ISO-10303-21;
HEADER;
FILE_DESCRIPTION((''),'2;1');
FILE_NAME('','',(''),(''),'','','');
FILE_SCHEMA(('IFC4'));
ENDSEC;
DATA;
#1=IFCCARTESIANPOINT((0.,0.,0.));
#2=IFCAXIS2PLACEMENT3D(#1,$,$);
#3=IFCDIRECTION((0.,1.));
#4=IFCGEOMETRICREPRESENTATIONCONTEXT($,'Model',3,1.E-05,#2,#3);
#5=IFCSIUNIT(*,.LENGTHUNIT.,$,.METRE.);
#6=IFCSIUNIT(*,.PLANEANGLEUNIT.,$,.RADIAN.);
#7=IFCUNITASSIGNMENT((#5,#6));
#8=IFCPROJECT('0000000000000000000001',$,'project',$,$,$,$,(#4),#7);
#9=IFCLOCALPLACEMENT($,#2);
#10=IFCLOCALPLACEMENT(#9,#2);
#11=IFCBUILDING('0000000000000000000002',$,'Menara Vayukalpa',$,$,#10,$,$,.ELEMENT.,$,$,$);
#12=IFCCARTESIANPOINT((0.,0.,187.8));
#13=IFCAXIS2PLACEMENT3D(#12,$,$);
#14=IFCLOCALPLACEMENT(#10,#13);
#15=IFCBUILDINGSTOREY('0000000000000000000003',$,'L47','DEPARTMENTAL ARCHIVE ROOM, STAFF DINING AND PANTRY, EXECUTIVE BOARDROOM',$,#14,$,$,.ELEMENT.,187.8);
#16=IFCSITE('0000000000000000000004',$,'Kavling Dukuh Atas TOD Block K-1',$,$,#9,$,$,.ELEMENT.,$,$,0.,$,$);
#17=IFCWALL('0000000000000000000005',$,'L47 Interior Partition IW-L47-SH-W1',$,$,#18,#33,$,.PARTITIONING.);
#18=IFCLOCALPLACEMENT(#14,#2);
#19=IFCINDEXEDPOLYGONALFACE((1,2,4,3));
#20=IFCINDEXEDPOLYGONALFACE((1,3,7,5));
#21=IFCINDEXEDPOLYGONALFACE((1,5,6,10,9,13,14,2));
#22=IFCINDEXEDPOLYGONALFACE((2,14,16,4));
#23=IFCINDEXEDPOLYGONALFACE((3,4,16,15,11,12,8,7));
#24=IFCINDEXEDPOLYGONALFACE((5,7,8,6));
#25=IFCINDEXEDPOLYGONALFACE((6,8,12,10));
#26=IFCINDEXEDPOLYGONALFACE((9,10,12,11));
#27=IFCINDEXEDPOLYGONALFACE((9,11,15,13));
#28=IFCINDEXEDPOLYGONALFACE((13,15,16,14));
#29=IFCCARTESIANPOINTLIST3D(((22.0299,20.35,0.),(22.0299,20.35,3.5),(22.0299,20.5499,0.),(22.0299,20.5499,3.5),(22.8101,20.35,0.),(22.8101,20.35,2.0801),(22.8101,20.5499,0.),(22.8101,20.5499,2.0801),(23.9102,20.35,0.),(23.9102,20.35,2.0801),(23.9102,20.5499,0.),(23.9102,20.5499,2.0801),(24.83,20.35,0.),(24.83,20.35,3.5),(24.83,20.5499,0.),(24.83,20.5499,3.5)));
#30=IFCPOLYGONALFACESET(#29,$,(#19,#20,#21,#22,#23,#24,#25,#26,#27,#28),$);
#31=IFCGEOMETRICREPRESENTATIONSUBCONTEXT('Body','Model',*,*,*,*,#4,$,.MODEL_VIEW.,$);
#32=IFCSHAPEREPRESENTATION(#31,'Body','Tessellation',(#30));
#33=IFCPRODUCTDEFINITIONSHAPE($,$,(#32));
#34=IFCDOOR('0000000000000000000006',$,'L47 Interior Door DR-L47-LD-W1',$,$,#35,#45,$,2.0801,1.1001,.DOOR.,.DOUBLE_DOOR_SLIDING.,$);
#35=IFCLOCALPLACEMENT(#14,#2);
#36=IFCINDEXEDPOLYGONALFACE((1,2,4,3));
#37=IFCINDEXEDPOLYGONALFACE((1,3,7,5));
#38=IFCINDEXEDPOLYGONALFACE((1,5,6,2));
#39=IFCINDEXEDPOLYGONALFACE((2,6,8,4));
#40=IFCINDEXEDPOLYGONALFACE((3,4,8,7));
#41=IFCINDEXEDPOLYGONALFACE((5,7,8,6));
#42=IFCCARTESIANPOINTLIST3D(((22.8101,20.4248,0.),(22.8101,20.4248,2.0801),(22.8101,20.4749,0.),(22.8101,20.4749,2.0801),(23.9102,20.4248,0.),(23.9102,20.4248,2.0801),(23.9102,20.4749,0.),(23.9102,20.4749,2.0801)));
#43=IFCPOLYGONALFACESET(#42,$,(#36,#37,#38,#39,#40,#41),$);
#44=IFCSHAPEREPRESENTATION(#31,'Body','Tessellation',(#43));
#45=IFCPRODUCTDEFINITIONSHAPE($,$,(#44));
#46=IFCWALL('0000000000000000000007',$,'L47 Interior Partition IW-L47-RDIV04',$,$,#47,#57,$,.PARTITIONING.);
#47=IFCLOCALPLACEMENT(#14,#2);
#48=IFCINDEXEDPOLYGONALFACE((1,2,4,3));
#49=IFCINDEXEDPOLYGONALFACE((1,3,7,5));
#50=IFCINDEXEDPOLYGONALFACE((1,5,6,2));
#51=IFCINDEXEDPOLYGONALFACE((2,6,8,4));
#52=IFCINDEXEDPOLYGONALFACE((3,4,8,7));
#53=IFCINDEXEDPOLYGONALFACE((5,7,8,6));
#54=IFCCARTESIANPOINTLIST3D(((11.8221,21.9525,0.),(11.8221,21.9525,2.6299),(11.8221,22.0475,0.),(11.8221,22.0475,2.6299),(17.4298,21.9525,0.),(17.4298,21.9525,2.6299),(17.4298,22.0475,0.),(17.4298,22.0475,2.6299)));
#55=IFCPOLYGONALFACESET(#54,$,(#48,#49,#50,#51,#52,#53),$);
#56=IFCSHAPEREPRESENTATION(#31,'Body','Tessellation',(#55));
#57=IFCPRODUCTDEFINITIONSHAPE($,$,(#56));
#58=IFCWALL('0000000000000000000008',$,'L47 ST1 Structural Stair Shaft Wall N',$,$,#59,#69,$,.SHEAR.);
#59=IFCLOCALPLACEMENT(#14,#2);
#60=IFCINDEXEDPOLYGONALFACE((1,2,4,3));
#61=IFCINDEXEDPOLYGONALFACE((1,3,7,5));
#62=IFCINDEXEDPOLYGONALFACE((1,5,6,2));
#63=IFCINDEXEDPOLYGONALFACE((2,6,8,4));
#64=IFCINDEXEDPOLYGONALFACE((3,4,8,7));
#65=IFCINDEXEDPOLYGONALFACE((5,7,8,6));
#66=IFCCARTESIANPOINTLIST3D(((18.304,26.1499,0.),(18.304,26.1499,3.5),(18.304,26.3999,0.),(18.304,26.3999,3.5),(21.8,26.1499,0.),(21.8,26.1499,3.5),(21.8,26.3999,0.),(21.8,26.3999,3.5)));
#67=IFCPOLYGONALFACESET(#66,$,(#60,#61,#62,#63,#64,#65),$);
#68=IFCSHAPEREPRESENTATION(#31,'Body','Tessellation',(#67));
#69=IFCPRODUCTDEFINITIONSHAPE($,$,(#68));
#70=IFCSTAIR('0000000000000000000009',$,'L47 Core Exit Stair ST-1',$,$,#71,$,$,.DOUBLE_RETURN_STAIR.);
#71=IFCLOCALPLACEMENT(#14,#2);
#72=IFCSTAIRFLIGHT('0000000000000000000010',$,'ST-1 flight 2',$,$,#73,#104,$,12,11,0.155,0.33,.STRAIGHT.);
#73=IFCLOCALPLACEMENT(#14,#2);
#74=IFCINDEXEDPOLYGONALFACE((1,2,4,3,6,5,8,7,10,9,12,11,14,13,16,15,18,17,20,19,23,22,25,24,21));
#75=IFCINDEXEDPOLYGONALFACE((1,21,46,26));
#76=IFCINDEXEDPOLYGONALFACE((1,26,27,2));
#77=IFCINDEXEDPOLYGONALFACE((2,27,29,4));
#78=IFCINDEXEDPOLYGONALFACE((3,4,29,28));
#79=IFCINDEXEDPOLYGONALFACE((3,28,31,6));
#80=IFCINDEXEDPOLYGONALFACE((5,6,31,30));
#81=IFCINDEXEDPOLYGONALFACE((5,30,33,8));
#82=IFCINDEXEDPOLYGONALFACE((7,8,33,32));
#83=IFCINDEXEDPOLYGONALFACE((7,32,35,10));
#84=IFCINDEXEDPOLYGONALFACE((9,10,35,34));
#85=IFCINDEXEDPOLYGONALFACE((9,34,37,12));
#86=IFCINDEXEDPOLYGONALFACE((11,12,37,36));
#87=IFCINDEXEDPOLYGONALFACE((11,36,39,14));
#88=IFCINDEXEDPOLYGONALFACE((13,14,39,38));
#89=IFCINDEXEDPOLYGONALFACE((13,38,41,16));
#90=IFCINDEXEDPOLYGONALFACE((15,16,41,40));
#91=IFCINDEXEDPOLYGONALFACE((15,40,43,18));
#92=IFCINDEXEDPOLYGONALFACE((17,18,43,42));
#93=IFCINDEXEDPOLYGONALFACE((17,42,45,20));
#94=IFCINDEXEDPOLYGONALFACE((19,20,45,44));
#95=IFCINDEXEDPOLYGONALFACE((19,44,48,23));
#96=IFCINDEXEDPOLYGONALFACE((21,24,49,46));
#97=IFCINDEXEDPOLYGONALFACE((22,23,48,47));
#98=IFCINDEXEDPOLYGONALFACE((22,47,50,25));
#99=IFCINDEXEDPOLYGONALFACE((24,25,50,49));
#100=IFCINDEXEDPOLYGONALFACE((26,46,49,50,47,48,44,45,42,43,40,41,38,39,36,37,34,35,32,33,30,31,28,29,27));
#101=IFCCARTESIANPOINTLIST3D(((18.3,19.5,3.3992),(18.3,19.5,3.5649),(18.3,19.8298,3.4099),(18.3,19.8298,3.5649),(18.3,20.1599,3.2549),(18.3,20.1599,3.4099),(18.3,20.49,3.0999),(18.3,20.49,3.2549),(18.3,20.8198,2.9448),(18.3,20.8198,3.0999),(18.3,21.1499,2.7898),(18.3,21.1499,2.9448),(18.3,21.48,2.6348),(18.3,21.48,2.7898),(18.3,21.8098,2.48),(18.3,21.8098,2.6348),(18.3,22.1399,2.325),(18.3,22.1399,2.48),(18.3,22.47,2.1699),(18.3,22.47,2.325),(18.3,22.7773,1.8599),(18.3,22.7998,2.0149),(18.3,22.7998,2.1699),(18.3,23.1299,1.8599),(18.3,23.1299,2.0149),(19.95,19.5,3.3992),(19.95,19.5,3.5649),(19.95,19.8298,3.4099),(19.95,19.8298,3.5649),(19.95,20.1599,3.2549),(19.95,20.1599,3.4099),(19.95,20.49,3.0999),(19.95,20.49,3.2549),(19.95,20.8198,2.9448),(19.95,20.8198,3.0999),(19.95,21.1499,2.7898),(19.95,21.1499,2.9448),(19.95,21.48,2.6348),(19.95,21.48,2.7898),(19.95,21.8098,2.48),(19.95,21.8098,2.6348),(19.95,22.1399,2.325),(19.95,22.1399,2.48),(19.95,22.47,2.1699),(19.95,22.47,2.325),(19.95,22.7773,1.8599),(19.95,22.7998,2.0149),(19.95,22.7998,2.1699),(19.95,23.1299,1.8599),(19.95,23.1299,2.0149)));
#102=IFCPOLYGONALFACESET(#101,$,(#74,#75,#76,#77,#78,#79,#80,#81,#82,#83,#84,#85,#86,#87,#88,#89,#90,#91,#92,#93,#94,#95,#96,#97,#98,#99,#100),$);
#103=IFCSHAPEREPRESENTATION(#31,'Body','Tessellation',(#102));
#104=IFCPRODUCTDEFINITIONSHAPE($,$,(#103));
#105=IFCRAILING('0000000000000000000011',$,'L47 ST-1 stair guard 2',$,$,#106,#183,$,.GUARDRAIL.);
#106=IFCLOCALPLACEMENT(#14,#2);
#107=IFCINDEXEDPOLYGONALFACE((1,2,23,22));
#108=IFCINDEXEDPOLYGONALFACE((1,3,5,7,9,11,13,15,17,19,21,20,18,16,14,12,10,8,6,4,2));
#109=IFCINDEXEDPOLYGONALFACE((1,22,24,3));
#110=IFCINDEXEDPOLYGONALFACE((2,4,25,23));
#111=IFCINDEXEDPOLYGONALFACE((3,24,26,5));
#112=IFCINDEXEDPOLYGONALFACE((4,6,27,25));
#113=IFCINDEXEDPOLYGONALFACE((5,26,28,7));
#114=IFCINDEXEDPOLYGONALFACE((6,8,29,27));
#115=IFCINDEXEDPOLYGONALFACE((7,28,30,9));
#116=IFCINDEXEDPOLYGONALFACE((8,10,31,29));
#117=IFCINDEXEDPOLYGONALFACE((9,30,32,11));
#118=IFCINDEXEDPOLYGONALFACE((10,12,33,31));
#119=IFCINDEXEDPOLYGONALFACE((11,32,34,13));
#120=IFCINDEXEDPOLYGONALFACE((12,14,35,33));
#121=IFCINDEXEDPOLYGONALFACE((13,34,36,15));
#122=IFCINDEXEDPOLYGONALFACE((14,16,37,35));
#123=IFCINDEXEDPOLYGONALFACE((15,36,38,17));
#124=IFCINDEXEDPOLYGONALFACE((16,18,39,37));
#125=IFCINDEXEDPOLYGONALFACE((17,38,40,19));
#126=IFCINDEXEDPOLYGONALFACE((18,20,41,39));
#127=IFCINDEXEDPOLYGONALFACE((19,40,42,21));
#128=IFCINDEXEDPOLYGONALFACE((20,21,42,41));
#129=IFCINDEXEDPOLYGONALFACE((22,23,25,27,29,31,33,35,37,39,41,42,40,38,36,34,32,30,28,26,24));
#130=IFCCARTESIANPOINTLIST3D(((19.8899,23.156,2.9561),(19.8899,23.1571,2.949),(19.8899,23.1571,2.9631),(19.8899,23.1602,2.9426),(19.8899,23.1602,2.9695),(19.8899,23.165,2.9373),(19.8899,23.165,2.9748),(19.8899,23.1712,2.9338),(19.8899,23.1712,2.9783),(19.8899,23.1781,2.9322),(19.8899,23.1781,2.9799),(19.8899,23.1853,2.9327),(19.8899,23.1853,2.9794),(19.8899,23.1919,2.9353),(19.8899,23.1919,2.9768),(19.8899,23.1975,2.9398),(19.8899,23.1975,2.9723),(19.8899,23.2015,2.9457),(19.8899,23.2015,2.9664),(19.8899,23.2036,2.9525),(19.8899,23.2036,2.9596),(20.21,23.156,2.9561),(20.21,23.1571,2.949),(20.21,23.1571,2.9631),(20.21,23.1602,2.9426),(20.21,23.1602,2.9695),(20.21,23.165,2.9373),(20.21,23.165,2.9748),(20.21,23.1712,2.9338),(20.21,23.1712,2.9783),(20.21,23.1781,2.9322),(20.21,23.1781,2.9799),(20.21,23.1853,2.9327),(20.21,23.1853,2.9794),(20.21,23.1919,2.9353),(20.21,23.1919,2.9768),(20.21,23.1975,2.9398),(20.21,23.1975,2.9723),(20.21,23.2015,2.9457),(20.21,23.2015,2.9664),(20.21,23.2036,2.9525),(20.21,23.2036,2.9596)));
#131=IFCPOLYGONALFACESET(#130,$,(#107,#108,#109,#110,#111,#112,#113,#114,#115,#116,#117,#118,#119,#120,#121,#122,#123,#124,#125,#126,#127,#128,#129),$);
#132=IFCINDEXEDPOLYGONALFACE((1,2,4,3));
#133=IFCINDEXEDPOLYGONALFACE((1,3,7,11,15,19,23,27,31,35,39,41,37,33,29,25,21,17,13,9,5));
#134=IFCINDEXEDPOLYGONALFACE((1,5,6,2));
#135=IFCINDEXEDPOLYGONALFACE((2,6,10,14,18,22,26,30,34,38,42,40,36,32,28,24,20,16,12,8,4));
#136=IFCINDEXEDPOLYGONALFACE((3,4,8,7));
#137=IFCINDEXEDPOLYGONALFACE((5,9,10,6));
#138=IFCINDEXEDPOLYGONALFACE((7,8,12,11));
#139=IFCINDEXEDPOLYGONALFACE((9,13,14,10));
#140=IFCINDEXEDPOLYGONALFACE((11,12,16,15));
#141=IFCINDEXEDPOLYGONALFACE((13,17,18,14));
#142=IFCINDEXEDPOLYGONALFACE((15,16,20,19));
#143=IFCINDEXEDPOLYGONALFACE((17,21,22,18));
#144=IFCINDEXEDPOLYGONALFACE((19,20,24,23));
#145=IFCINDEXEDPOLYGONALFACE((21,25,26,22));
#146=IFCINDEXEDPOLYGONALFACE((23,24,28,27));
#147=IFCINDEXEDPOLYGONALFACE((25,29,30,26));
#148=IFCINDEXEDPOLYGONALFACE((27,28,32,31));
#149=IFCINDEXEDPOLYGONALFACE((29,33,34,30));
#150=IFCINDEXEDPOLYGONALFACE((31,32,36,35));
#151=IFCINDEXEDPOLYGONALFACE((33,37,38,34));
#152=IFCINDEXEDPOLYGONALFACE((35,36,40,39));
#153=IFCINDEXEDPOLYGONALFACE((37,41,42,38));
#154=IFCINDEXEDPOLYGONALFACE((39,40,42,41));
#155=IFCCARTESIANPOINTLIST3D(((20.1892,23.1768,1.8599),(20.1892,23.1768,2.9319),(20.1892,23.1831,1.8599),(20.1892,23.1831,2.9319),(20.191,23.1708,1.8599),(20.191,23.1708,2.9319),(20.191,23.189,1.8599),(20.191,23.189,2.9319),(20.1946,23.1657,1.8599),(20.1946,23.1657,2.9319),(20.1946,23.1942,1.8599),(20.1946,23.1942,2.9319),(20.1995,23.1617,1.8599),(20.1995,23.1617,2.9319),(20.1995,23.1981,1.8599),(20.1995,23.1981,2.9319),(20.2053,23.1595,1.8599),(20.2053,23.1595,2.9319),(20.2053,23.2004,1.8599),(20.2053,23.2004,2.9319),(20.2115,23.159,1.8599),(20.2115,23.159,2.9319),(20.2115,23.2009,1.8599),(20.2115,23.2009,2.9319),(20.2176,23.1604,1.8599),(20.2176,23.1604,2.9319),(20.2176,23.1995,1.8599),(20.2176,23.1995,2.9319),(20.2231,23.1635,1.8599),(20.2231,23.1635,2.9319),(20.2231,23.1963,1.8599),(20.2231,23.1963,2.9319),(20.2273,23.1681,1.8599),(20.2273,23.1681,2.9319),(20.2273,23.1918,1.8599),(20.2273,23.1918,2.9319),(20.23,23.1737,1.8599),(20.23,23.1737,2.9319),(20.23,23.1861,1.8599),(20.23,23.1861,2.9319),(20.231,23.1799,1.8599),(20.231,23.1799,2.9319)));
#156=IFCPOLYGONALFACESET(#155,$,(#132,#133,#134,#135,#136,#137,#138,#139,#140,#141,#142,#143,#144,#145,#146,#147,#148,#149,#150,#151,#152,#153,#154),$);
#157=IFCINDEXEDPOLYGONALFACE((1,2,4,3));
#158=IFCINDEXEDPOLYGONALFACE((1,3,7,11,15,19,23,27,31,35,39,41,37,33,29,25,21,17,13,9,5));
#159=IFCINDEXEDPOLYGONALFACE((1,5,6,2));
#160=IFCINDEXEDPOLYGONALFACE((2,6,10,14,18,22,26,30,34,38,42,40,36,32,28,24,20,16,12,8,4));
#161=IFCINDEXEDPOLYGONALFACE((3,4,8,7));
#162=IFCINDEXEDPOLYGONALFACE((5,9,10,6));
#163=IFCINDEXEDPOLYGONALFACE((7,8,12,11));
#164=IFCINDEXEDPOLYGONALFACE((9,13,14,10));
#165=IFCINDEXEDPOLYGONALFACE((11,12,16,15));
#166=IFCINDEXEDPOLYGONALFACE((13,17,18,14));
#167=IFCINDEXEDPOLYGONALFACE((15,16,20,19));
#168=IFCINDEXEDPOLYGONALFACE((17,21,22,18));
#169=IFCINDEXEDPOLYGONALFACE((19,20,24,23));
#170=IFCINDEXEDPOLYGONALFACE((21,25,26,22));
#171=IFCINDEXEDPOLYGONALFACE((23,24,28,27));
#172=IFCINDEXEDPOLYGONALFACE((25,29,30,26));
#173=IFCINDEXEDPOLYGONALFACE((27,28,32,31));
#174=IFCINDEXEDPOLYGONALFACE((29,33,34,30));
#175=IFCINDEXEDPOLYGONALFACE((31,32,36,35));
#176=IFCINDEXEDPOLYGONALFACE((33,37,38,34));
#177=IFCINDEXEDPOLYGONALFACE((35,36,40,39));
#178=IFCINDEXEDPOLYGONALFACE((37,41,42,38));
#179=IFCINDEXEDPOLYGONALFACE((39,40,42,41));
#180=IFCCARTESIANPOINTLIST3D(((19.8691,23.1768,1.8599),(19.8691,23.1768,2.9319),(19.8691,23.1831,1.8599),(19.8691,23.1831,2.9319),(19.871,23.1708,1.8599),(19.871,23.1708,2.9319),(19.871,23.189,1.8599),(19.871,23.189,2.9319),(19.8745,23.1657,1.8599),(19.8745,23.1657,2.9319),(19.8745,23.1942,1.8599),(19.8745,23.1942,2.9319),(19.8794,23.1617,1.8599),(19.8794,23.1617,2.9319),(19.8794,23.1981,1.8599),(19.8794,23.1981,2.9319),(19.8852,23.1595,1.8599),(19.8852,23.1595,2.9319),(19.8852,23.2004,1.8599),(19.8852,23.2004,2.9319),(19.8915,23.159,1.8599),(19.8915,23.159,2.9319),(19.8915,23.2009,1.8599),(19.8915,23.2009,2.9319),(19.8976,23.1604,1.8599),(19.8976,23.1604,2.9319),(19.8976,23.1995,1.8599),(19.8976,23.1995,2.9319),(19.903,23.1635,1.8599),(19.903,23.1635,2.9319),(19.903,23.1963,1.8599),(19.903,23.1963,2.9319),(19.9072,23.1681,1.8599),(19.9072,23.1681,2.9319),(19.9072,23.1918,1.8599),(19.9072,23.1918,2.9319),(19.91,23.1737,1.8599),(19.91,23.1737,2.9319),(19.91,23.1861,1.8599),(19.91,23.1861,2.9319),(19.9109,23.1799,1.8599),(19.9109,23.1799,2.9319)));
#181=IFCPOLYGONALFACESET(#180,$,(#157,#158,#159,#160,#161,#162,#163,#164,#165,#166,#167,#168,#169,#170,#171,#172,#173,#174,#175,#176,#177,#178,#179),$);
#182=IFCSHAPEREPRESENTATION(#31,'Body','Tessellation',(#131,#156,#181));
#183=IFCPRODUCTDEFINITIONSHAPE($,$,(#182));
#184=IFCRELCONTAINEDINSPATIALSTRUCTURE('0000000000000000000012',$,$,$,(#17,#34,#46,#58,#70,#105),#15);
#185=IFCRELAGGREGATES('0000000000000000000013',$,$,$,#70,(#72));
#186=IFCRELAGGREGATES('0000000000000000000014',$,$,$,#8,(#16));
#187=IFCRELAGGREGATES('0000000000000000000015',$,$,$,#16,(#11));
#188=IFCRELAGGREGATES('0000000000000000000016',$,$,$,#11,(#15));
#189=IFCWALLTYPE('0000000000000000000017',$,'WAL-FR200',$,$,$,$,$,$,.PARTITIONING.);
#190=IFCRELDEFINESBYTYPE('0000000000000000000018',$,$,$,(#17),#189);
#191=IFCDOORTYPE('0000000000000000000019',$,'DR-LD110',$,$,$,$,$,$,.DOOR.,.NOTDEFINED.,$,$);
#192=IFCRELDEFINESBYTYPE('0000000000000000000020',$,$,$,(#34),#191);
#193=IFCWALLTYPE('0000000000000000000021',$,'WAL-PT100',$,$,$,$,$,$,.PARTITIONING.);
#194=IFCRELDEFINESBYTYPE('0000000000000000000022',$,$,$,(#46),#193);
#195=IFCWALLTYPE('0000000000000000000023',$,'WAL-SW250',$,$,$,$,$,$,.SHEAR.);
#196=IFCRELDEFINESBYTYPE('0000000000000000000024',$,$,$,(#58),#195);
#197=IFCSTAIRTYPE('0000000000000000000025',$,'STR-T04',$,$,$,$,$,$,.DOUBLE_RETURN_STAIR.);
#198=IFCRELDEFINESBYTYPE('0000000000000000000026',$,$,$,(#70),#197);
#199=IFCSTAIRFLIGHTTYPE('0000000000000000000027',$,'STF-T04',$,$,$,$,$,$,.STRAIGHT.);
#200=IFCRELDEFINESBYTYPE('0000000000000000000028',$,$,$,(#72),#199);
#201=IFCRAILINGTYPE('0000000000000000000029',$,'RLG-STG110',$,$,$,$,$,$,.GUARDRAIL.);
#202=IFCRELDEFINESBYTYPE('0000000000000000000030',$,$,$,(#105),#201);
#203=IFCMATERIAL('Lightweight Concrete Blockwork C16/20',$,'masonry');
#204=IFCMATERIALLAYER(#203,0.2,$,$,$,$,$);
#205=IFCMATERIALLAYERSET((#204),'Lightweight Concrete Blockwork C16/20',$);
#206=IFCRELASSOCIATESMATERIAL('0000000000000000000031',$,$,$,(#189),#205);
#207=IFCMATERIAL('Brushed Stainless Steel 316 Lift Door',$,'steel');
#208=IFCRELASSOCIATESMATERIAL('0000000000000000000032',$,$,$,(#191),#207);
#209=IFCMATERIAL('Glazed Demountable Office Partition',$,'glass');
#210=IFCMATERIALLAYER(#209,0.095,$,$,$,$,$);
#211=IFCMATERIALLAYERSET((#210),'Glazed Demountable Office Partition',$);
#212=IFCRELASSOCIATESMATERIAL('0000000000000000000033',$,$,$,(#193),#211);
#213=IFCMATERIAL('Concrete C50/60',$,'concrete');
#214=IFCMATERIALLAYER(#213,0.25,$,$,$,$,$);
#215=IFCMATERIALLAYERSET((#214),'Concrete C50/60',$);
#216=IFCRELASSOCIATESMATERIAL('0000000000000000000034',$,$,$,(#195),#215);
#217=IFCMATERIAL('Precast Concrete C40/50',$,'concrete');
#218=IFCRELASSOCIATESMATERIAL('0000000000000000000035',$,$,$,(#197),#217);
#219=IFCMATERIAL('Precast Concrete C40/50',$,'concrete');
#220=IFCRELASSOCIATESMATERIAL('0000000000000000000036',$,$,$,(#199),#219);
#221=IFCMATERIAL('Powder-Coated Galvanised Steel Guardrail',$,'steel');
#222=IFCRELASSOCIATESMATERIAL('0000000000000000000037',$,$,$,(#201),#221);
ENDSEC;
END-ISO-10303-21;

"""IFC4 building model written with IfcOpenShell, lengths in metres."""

from ifc_helpers import new_model, si_unit, direction, frame, frame_2d, origin, origin_2d, place, context, subcontext, project, spatial, polyline, rectangle, circle, outline, extrude, material, layer, layer_set, type_object, element, fill, aggregate, save


model = new_model("IFC4")

# Units and contexts
model_context = context("Model", 3, precision=1e-05, world=origin(), true_north=direction((0.0, 1.0)))
body_context = subcontext(model_context, "Body", "Model", "MODEL_VIEW")
ifc_project = project(units=[si_unit("LENGTHUNIT", "METRE"), si_unit("PLANEANGLEUNIT", "RADIAN")], contexts=[model_context])

# Site, building, storey
site_placement = place(None, origin())
site = spatial("IfcSite", under=ifc_project, at=site_placement, Name="Kavling Dukuh Atas TOD Block K-1", CompositionType="ELEMENT", RefElevation=0.0)
building_placement = place(site_placement, origin())
building = spatial("IfcBuilding", under=site, at=building_placement, Name="Menara Vayukalpa", CompositionType="ELEMENT")
storey_placement = place(building_placement, frame((0.0, 0.0, 187.8)))
storey = spatial("IfcBuildingStorey", under=building, at=storey_placement, Name="L47", Description="DEPARTMENTAL ARCHIVE ROOM, STAFF DINING AND PANTRY, EXECUTIVE BOARDROOM", CompositionType="ELEMENT", Elevation=187.8)

# Wall, opening, door
ifc_material_1 = material(Name="Lightweight Concrete Blockwork C16/20", Category="masonry")
ifc_layer_1 = layer(ifc_material_1, 0.2)
ifc_layer_set_1 = layer_set([ifc_layer_1], Name="Lightweight Concrete Blockwork C16/20")
wall_type_1 = type_object("IfcWallType", Name="WAL-FR200", PredefinedType="PARTITIONING", material=ifc_layer_set_1)
wall_1_placement = place(storey_placement, frame((22.03, 20.45, 0.0), z_axis=(0.0, 0.0, 1.0), x_axis=(1.0, 0.0, 0.0)))
wall_1 = element("IfcWall", 1, at=wall_1_placement, inside=storey, type_object=wall_type_1, Name="L47 Interior Partition IW-L47-SH-W1", PredefinedType="PARTITIONING", context=body_context, shape_type="SweptSolid", body=[
    extrude(rectangle(XDim=2.8, YDim=0.2, at=frame_2d((1.3999, 0.0))), origin(), (0.0, 0.0, 1.0), 3.5),
])
opening_placement = place(wall_1_placement, frame((0.78, 0.0, 0.0)))
opening = element("IfcOpeningElement", 2, at=opening_placement, cuts=wall_1, PredefinedType="OPENING", context=body_context, shape_type="SweptSolid", body=[
    extrude(rectangle(XDim=1.1001, YDim=2.0801, at=frame_2d((0.55, 1.04))), frame((0.0, 0.1099, 0.0), z_axis=(0.0, -1.0, 0.0), x_axis=(1.0, 0.0, 0.0)), (0.0, 0.0, 1.0), 0.22),
])
ifc_material_2 = material(Name="Brushed Stainless Steel 316 Lift Door", Category="steel")
door_type = type_object("IfcDoorType", Name="DR-LD110", OperationType="NOTDEFINED", PredefinedType="DOOR", material=ifc_material_2)
door_placement = place(opening_placement, origin())
door = element("IfcDoor", 3, at=door_placement, inside=storey, type_object=door_type, Name="L47 Interior Door DR-L47-LD-W1", OperationType="DOUBLE_DOOR_SLIDING", OverallHeight=2.0801, OverallWidth=1.1001, PredefinedType="DOOR", context=body_context, shape_type="SweptSolid", body=[
    extrude(rectangle(XDim=1.1001, YDim=2.0801, at=frame_2d((0.55, 1.04))), frame((0.0, 0.0249, 0.0), z_axis=(0.0, -1.0, 0.0), x_axis=(1.0, 0.0, 0.0)), (0.0, 0.0, 1.0), 0.05),
])
fill(opening, door)

# Walls
ifc_material_3 = material(Name="Glazed Demountable Office Partition", Category="glass")
ifc_layer_2 = layer(ifc_material_3, 0.095)
ifc_layer_set_2 = layer_set([ifc_layer_2], Name="Glazed Demountable Office Partition")
wall_type_2 = type_object("IfcWallType", Name="WAL-PT100", PredefinedType="PARTITIONING", material=ifc_layer_set_2)
wall_2_placement = place(storey_placement, frame((11.8223, 22.0, 0.0), z_axis=(0.0, 0.0, 1.0), x_axis=(1.0, 0.0, 0.0)))
element("IfcWall", 4, at=wall_2_placement, inside=storey, type_object=wall_type_2, Name="L47 Interior Partition IW-L47-RDIV04", PredefinedType="PARTITIONING", context=body_context, shape_type="SweptSolid", body=[
    extrude(rectangle(XDim=5.6077, YDim=0.095, at=frame_2d((2.8037, 0.0))), origin(), (0.0, 0.0, 1.0), 2.6299),
])
ifc_material_4 = material(Name="Concrete C50/60", Category="concrete")
ifc_layer_3 = layer(ifc_material_4, 0.25)
ifc_layer_set_3 = layer_set([ifc_layer_3], Name="Concrete C50/60")
wall_type_3 = type_object("IfcWallType", Name="WAL-SW250", PredefinedType="SHEAR", material=ifc_layer_set_3)
wall_3_placement = place(storey_placement, frame((18.304, 26.2749, 0.0), z_axis=(0.0, 0.0, 1.0), x_axis=(1.0, 0.0, 0.0)))
element("IfcWall", 5, at=wall_3_placement, inside=storey, type_object=wall_type_3, Name="L47 ST1 Structural Stair Shaft Wall N", PredefinedType="SHEAR", context=body_context, shape_type="SweptSolid", body=[
    extrude(rectangle(XDim=3.4961, YDim=0.25, at=frame_2d((1.748, 0.0))), origin(), (0.0, 0.0, 1.0), 3.5),
])

# Stair, stair flight
ifc_material_5 = material(Name="Precast Concrete C40/50", Category="concrete")
stair_type = type_object("IfcStairType", Name="STR-T04", PredefinedType="DOUBLE_RETURN_STAIR", material=ifc_material_5)
stair_placement = place(storey_placement, origin())
stair = element("IfcStair", 6, at=stair_placement, inside=storey, type_object=stair_type, Name="L47 Core Exit Stair ST-1", PredefinedType="DOUBLE_RETURN_STAIR")
ifc_material_6 = material(Name="Precast Concrete C40/50", Category="concrete")
stair_flight_type = type_object("IfcStairFlightType", Name="STF-T04", PredefinedType="STRAIGHT", material=ifc_material_6)
stair_flight_placement = place(storey_placement, frame((19.125, 23.1299, 1.8599), z_axis=(0.0, 0.0, 1.0), x_axis=(0.0, -1.0, 0.0)))
stair_flight = element("IfcStairFlight", 7, at=stair_flight_placement, type_object=stair_flight_type, Name="ST-1 flight 2", NumberOfRisers=12, NumberOfTreads=11, PredefinedType="STRAIGHT", RiserHeight=0.155, TreadLength=0.33, context=body_context, shape_type="SweptSolid", body=[
    extrude(outline(polyline([(0.0, 0.0), (0.0, 0.155), (0.3301, 0.155), (0.3301, 0.3101), (0.6599, 0.3101), (0.6599, 0.4651), (0.99, 0.4651), (0.99, 0.6201), (1.3201, 0.6201), (1.3201, 0.7749), (1.6499, 0.7749), (1.6499, 0.9299), (1.98, 0.9299), (1.98, 1.085), (2.3101, 1.085), (2.3101, 1.24), (2.6399, 1.24), (2.6399, 1.395), (2.97, 1.395), (2.97, 1.55), (3.3, 1.55), (3.3, 1.7051), (3.6299, 1.7051), (3.6299, 1.8601), (3.6299, 1.5393), (0.3525, 0.0), (0.0, 0.0)])), frame((0.0, 0.825, 0.0), z_axis=(0.0, -1.0, 0.0), x_axis=(1.0, 0.0, 0.0)), (0.0, 0.0, 1.0), 1.6499),
])
aggregate(stair, [stair_flight])

# Railing
ifc_material_7 = material(Name="Powder-Coated Galvanised Steel Guardrail", Category="steel")
railing_type_1 = type_object("IfcRailingType", Name="RLG-STG110", PredefinedType="GUARDRAIL", material=ifc_material_7)
railing_1_placement = place(storey_placement, frame((20.21, 23.1799, 1.8599)))
element("IfcRailing", 8, at=railing_1_placement, inside=storey, type_object=railing_type_1, Name="L47 ST-1 stair guard 2", PredefinedType="GUARDRAIL", context=body_context, shape_type="SweptSolid", body=[
    extrude(circle(Radius=0.0239, at=origin_2d()), frame((0.0, 0.0, 1.0962), z_axis=(-1.0, 0.0, 0.0), x_axis=(0.0, -1.0, 0.0)), (0.0, 0.0, 1.0), 0.3201),
    extrude(circle(Radius=0.021, at=origin_2d()), origin(), (0.0, 0.0, 1.0), 1.072),
    extrude(circle(Radius=0.021, at=origin_2d()), frame((-0.3201, 0.0, 0.0)), (0.0, 0.0, 1.0), 1.072),
])

save(model, "model.ifc")
